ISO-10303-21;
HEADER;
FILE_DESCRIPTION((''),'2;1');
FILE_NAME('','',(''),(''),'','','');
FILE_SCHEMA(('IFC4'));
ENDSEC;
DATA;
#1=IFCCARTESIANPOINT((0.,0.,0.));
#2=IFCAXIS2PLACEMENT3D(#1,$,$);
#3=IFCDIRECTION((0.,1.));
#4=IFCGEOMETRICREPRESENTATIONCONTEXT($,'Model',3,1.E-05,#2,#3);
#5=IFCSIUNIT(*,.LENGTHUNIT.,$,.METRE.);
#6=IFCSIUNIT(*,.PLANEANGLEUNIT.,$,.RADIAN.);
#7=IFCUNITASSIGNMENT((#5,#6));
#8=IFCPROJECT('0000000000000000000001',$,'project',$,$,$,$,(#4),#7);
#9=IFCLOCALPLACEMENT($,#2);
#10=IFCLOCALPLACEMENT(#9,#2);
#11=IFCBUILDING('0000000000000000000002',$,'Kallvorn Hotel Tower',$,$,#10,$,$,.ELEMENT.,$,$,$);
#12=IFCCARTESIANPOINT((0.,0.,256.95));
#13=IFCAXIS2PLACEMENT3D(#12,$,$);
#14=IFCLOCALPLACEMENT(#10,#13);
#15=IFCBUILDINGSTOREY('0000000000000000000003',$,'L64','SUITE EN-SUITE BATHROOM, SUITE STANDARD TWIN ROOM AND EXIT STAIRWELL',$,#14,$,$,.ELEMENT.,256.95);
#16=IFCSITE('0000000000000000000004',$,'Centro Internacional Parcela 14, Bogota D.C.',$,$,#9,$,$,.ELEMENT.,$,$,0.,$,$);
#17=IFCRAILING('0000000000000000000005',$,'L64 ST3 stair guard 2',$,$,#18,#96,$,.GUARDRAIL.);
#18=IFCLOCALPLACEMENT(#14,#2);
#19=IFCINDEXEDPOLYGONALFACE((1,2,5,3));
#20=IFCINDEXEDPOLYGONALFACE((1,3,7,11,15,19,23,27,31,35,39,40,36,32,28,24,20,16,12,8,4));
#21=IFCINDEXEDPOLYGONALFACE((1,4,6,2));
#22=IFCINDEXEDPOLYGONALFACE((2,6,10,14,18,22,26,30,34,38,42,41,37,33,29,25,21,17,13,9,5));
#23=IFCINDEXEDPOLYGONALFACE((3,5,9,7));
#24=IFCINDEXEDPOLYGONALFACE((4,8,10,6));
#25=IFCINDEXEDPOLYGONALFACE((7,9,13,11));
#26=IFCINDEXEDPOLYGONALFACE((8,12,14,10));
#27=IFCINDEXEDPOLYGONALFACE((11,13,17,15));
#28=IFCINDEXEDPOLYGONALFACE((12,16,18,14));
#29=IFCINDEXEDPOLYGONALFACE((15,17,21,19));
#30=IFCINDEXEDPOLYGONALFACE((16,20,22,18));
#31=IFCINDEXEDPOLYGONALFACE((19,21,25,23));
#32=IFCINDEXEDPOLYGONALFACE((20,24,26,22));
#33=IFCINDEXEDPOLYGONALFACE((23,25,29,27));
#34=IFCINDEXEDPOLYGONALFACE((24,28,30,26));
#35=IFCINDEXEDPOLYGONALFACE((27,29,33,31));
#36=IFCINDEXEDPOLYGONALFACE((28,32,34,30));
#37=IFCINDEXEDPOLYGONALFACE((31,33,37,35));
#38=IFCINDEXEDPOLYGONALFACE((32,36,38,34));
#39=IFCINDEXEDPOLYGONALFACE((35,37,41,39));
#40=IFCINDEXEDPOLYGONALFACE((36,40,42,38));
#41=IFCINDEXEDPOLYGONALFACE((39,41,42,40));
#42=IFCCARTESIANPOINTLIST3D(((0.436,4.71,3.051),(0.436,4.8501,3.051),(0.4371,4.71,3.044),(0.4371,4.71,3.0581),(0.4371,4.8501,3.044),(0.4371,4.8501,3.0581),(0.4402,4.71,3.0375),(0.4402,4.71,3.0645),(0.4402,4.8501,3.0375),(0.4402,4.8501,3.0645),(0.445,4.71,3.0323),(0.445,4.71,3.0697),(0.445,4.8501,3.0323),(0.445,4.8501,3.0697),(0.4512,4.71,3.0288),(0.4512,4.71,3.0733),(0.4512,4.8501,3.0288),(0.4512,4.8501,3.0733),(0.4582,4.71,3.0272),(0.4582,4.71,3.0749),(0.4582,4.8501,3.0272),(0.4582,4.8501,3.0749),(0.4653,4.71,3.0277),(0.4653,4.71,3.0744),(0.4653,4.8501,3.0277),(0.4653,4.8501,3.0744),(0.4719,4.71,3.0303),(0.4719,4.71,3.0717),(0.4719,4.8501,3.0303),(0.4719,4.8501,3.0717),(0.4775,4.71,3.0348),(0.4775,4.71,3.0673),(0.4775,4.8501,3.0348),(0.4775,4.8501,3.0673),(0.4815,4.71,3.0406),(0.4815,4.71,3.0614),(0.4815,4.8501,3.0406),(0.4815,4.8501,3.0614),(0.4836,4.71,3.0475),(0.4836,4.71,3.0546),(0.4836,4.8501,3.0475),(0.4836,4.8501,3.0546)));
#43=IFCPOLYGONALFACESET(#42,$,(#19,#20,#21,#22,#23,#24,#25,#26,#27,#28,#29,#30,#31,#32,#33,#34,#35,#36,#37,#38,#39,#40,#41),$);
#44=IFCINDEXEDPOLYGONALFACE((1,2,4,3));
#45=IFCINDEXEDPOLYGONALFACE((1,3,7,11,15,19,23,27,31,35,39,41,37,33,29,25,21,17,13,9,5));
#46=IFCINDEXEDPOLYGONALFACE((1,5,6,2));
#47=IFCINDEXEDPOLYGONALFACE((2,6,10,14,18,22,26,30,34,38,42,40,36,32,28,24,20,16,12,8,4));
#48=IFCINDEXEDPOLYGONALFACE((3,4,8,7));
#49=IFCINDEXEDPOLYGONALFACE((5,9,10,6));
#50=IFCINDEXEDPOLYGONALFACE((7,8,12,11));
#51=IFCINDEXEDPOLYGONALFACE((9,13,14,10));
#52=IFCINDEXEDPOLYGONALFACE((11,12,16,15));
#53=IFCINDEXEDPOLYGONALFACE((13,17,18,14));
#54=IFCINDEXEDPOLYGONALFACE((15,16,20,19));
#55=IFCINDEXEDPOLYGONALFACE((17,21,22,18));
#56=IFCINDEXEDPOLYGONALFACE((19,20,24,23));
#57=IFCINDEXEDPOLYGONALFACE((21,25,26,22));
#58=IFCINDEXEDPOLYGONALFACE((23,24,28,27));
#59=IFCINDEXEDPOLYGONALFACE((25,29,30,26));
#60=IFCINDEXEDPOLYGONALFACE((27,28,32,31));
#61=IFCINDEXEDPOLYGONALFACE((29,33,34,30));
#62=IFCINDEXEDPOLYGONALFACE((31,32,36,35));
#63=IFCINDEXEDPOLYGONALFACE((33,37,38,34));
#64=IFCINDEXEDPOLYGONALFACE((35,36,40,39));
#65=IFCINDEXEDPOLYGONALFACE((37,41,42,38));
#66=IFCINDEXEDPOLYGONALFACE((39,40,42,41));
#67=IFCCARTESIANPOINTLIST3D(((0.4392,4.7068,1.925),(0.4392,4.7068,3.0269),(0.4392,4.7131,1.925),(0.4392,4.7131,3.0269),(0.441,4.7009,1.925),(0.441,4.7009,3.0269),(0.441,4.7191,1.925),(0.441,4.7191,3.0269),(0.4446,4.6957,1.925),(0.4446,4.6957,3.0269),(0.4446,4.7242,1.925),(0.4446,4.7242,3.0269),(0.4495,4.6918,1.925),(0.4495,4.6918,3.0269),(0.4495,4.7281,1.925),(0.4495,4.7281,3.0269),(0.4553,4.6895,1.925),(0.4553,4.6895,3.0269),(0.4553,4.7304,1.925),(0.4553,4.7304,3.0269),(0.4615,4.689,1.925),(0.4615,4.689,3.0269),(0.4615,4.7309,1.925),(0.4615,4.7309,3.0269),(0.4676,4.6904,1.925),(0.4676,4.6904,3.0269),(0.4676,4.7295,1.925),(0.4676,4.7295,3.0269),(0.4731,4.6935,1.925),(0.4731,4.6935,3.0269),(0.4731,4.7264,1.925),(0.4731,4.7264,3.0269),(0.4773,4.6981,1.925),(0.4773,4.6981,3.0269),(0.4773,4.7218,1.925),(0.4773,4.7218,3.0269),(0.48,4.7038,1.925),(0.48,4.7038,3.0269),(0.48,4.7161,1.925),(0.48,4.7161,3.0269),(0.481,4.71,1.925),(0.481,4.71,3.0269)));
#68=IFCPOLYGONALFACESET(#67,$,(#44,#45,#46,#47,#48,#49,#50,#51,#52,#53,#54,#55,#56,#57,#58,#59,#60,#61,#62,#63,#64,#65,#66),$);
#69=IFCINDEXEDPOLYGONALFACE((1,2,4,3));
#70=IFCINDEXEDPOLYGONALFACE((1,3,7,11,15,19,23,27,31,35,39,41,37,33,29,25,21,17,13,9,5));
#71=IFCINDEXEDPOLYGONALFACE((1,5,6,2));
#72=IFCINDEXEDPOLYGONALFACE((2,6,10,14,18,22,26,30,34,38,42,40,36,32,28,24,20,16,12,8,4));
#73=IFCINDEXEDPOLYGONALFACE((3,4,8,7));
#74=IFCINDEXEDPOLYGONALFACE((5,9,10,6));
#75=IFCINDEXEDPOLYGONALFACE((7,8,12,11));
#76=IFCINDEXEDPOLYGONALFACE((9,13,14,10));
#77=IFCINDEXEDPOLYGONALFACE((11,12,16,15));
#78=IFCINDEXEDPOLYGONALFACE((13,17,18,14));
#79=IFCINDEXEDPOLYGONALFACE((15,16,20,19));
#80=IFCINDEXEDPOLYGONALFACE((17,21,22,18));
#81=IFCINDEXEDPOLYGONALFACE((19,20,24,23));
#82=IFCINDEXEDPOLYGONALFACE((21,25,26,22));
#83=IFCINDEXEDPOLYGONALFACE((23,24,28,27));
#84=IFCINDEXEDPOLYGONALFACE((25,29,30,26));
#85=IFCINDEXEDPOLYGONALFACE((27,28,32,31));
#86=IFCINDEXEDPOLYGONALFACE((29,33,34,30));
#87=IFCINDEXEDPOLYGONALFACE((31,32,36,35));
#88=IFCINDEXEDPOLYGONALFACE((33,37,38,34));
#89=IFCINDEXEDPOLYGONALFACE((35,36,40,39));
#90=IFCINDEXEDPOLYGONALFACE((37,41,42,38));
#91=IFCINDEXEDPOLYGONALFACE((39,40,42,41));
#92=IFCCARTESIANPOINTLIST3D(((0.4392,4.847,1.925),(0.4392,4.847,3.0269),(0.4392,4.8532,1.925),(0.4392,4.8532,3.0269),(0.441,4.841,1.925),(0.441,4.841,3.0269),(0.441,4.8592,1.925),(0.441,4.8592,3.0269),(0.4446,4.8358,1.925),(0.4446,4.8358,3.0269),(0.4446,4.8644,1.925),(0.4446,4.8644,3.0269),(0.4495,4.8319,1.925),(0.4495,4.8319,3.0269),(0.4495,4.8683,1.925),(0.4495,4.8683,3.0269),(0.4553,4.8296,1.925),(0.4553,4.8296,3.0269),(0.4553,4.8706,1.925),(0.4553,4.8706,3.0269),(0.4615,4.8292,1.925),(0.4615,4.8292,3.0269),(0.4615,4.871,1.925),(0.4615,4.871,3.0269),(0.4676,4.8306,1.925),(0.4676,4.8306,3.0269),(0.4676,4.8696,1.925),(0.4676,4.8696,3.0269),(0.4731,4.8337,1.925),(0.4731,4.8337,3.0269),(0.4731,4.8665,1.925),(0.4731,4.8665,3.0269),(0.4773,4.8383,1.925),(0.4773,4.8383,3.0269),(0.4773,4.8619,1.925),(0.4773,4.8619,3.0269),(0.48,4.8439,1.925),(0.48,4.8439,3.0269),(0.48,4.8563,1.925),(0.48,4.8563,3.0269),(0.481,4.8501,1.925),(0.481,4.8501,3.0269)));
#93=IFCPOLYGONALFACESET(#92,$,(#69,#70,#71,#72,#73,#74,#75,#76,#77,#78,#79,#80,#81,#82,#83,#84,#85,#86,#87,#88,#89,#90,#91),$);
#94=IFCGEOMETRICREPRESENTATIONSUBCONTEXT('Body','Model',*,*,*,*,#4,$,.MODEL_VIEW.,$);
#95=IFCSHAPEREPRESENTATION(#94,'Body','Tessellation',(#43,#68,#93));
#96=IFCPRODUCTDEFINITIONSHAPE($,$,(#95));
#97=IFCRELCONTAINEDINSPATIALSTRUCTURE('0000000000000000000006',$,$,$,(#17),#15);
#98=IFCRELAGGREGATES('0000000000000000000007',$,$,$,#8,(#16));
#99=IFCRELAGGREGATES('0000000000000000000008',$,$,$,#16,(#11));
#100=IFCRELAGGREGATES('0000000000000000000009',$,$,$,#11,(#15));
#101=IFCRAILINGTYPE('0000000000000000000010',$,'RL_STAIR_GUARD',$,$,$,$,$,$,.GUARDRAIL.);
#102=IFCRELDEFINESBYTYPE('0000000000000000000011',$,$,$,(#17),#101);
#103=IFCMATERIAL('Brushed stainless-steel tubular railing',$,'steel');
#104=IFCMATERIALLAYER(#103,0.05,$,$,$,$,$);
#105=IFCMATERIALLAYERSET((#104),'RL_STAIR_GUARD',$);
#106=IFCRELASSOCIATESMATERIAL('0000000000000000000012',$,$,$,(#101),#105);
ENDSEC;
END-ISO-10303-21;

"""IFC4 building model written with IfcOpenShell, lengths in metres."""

from ifc_helpers import new_model, si_unit, direction, frame, origin, origin_2d, place, context, subcontext, project, spatial, circle, extrude, material, layer, layer_set, type_object, element, save


model = new_model("IFC4")

# Units and contexts
model_context = context("Model", 3, precision=1e-05, world=origin(), true_north=direction((0.0, 1.0)))
body_context = subcontext(model_context, "Body", "Model", "MODEL_VIEW")
ifc_project = project(units=[si_unit("LENGTHUNIT", "METRE"), si_unit("PLANEANGLEUNIT", "RADIAN")], contexts=[model_context])

# Site, building, storey
site_placement = place(None, origin())
site = spatial("IfcSite", under=ifc_project, at=site_placement, Name="Centro Internacional Parcela 14, Bogota D.C.", CompositionType="ELEMENT", RefElevation=0.0)
building_placement = place(site_placement, origin())
building = spatial("IfcBuilding", under=site, at=building_placement, Name="Kallvorn Hotel Tower", CompositionType="ELEMENT")
storey_placement = place(building_placement, frame((0.0, 0.0, 256.95)))
storey = spatial("IfcBuildingStorey", under=building, at=storey_placement, Name="L64", Description="SUITE EN-SUITE BATHROOM, SUITE STANDARD TWIN ROOM AND EXIT STAIRWELL", CompositionType="ELEMENT", Elevation=256.95)

# Railing
ifc_material_1 = material(Name="Brushed stainless-steel tubular railing", Category="steel")
ifc_layer_1 = layer(ifc_material_1, 0.05)
ifc_layer_set_1 = layer_set([ifc_layer_1], Name="RL_STAIR_GUARD")
railing_type_1 = type_object("IfcRailingType", Name="RL_STAIR_GUARD", PredefinedType="GUARDRAIL", material=ifc_layer_set_1)
railing_1_placement = place(storey_placement, frame((0.46, 4.71, 1.925)))
element("IfcRailing", 1, at=railing_1_placement, inside=storey, type_object=railing_type_1, Name="L64 ST3 stair guard 2", PredefinedType="GUARDRAIL", context=body_context, shape_type="SweptSolid", body=[
    extrude(circle(Radius=0.0239, at=origin_2d()), frame((0.0, 0.0, 1.126), z_axis=(0.0, 1.0, 0.0), x_axis=(-1.0, 0.0, 0.0)), (0.0, 0.0, 1.0), 0.1401),
    extrude(circle(Radius=0.021, at=origin_2d()), origin(), (0.0, 0.0, 1.0), 1.1018),
    extrude(circle(Radius=0.021, at=origin_2d()), frame((0.0, 0.1401, 0.0)), (0.0, 0.0, 1.0), 1.1018),
])

save(model, "model.ifc")
